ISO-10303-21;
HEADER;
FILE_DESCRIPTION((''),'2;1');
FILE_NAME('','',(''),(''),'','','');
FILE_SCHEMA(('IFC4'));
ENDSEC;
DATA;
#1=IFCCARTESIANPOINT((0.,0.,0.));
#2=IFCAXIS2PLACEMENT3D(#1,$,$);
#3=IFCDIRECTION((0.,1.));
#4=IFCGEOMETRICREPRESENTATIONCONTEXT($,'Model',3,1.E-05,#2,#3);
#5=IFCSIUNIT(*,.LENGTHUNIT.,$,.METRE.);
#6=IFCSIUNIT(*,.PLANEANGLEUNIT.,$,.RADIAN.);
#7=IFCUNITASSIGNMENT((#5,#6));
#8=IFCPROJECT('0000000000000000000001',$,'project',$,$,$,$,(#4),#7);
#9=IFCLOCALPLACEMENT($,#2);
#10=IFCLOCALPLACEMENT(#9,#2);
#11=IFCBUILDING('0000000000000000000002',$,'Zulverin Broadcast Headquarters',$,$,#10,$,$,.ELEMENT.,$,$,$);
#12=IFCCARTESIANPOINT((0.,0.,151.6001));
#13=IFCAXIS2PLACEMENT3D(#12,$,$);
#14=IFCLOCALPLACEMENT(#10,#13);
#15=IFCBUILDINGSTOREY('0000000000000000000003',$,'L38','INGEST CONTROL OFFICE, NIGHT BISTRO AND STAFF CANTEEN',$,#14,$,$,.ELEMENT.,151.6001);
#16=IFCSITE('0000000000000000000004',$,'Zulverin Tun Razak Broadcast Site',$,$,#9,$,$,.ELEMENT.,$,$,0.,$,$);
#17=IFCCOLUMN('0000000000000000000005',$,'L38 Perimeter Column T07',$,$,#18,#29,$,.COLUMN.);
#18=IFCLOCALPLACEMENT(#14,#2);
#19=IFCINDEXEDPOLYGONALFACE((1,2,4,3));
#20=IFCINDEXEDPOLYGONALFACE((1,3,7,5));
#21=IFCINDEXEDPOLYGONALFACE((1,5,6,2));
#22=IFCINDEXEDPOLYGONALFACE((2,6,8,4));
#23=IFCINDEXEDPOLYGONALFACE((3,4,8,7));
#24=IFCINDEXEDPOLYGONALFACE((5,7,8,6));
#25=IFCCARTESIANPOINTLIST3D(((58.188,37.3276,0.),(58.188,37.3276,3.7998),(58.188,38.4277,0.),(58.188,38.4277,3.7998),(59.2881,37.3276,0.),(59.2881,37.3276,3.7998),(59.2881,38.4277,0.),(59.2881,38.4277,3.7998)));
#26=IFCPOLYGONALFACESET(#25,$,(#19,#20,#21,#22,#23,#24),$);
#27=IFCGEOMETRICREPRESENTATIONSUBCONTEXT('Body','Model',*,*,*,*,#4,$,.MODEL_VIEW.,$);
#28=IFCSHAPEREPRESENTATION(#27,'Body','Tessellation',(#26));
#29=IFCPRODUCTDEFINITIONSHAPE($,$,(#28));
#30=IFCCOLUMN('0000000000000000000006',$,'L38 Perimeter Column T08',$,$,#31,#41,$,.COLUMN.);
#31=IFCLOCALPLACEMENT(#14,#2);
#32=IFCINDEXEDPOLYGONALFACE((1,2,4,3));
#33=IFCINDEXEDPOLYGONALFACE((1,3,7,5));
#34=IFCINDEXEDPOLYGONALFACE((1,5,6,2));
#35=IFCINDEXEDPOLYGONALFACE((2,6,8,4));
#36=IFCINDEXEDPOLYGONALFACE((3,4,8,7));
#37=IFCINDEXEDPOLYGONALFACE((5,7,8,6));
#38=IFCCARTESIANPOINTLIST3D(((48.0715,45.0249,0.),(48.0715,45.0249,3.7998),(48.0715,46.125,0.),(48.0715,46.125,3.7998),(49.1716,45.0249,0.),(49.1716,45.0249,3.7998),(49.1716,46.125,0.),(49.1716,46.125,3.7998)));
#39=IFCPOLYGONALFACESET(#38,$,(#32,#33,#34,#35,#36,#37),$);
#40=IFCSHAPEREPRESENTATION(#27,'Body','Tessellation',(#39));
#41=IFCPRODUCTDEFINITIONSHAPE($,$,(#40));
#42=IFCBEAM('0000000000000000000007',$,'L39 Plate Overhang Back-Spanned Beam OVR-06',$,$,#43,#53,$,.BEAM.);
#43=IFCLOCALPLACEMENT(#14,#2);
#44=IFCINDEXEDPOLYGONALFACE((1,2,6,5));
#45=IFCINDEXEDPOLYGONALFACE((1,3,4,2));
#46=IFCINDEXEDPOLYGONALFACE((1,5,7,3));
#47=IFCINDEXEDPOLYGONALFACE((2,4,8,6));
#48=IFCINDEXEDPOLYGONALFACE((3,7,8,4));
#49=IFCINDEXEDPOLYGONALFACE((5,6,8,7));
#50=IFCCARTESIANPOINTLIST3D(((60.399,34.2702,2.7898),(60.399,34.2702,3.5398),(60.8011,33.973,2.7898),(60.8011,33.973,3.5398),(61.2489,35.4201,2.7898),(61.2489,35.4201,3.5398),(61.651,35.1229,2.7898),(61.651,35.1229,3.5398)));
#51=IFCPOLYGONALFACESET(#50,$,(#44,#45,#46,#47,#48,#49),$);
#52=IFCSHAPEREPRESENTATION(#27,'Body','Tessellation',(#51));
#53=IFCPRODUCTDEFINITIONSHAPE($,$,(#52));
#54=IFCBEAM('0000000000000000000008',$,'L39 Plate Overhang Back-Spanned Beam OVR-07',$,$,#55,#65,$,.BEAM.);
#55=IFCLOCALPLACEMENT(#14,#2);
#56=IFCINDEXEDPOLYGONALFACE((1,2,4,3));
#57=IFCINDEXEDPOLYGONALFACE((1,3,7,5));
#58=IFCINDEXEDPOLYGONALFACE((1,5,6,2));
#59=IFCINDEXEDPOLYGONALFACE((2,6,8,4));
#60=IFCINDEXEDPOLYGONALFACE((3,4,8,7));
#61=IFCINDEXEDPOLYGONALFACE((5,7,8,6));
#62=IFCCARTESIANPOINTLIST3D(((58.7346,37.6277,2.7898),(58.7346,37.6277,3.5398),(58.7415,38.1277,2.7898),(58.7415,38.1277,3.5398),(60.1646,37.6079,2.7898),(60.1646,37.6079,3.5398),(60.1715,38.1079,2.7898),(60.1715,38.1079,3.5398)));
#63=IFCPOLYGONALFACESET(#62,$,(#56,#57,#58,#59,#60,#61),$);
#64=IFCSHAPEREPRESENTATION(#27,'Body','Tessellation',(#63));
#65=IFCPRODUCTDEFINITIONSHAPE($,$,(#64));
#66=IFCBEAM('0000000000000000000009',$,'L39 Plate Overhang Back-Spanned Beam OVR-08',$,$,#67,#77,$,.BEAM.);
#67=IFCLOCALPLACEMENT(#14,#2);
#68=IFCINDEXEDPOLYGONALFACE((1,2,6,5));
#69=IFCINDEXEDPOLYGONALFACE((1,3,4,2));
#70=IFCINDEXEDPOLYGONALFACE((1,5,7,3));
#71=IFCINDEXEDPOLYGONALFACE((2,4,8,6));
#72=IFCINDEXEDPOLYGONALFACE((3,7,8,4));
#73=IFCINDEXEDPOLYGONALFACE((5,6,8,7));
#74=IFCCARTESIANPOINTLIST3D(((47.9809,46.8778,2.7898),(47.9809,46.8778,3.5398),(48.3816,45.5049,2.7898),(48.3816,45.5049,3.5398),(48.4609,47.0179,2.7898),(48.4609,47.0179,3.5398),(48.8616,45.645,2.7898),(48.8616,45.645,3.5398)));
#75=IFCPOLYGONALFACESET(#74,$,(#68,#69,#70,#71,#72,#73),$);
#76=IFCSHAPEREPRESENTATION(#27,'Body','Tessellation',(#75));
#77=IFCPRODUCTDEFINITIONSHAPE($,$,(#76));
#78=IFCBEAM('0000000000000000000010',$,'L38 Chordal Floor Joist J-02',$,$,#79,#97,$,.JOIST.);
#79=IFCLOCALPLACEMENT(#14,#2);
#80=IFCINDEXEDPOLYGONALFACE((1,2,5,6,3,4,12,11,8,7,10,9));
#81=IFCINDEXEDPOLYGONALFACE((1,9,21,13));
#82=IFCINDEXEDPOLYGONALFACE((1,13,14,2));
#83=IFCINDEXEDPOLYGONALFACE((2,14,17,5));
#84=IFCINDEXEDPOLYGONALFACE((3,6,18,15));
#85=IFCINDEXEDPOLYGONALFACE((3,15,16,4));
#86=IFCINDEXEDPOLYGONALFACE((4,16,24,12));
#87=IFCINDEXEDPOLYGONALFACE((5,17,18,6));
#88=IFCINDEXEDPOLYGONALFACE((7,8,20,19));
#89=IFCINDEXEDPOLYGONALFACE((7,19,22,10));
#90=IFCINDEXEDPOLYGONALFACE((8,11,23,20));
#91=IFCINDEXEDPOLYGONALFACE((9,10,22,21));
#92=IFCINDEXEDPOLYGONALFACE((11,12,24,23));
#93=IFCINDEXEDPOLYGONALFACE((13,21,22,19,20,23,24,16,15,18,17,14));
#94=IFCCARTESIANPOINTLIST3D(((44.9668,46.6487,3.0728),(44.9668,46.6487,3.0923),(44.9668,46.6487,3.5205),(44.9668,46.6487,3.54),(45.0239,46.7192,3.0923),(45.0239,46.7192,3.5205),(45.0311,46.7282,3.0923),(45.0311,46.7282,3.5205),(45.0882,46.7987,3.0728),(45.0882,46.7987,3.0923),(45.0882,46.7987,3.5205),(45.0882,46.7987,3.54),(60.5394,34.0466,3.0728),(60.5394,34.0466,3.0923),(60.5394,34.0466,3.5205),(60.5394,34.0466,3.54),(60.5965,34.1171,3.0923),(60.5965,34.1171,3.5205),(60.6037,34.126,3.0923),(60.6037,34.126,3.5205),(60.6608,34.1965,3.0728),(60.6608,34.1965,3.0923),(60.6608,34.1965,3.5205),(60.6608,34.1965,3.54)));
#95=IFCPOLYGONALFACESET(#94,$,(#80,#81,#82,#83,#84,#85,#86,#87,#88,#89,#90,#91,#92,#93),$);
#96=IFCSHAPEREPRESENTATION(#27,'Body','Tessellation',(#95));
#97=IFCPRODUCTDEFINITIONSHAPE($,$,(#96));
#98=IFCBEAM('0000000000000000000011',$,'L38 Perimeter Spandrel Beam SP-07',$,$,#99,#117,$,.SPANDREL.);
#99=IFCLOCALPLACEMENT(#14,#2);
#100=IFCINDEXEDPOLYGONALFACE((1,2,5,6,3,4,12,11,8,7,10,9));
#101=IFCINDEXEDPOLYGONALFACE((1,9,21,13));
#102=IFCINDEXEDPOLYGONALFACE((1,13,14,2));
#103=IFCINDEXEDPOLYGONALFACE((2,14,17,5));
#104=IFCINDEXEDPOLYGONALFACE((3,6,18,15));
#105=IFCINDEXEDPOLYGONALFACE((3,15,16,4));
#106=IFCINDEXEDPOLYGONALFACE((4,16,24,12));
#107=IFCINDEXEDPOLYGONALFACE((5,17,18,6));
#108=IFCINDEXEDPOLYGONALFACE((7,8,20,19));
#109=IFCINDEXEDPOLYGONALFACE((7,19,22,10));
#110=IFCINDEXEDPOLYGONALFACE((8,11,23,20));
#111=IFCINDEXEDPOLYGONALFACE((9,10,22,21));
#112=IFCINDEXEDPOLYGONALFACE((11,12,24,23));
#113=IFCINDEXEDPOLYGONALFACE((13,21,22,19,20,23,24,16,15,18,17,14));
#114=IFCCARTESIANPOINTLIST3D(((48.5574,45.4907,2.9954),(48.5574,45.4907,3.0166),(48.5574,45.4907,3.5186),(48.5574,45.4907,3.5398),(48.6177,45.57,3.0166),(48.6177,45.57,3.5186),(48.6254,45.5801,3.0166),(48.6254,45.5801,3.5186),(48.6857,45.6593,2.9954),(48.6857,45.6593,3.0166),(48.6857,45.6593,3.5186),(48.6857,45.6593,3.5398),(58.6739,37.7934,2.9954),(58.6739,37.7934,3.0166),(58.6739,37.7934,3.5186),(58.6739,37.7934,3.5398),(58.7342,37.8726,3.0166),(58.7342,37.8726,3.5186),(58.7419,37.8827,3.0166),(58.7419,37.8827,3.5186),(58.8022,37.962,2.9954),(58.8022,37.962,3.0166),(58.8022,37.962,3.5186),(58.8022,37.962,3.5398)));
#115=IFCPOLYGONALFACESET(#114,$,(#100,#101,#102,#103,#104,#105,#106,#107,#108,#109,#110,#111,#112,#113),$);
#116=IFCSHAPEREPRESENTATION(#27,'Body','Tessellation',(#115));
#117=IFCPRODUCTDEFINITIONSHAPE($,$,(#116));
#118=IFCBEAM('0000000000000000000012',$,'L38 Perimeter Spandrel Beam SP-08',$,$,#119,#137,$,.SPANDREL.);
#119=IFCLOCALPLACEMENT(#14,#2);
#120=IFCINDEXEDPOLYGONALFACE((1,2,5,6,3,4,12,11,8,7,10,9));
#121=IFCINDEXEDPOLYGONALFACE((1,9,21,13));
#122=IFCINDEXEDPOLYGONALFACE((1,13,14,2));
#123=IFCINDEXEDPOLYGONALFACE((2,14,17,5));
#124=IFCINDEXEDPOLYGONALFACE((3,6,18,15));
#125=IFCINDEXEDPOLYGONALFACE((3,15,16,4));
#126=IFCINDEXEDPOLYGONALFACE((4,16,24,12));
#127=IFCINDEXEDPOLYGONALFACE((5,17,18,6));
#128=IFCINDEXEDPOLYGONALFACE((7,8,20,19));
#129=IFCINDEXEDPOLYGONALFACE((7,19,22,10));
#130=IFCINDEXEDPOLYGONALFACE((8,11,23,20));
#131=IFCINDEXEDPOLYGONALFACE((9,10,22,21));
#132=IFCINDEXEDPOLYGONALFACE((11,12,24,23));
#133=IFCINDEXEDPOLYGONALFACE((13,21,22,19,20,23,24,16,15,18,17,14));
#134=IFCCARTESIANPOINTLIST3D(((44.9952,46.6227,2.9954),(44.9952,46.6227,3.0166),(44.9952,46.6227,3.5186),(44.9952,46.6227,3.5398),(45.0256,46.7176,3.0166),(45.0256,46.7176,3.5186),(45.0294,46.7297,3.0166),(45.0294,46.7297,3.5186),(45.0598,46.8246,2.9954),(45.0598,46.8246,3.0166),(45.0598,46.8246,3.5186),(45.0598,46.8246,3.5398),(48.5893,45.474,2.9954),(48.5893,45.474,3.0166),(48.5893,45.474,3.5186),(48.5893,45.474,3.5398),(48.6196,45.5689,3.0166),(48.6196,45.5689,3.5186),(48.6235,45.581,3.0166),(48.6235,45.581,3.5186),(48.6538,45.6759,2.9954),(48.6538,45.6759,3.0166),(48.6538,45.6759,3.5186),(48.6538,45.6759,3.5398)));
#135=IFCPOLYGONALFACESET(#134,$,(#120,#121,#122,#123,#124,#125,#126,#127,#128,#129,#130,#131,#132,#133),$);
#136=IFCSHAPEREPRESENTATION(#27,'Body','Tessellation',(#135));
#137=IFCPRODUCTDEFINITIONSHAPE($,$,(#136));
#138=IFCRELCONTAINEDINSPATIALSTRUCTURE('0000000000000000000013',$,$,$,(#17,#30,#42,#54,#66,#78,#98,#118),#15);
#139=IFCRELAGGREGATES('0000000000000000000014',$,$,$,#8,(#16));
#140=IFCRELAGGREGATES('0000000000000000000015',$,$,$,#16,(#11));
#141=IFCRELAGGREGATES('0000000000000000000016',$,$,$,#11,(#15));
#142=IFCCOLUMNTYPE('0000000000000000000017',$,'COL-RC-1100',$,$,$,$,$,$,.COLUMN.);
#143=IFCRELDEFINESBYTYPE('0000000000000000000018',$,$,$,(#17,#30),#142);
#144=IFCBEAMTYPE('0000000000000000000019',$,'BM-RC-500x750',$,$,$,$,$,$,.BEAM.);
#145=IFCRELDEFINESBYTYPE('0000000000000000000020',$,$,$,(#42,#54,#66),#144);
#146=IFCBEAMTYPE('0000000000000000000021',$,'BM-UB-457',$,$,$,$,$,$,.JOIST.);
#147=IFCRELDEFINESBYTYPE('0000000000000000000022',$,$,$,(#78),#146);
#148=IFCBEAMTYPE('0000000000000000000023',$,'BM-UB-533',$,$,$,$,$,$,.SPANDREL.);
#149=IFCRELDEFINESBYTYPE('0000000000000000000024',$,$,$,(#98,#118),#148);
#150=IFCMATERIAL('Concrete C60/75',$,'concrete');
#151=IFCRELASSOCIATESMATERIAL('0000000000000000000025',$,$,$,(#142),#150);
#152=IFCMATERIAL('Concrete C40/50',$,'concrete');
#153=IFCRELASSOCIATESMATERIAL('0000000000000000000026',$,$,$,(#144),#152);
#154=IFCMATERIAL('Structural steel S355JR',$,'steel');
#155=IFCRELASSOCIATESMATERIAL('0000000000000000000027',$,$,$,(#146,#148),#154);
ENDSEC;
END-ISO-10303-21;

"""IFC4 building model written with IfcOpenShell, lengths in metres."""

from ifc_helpers import new_model, si_unit, direction, frame, origin, origin_2d, place, context, subcontext, project, spatial, rectangle, i_section, extrude, material, material_profile, profile_set, type_object, element, save


model = new_model("IFC4")

# Units and contexts
model_context = context("Model", 3, precision=1e-05, world=origin(), true_north=direction((0.0, 1.0)))
body_context = subcontext(model_context, "Body", "Model", "MODEL_VIEW")
ifc_project = project(units=[si_unit("LENGTHUNIT", "METRE"), si_unit("PLANEANGLEUNIT", "RADIAN")], contexts=[model_context])

# Site, building, storey
site_placement = place(None, origin())
site = spatial("IfcSite", under=ifc_project, at=site_placement, Name="Zulverin Tun Razak Broadcast Site", CompositionType="ELEMENT", RefElevation=0.0)
building_placement = place(site_placement, origin())
building = spatial("IfcBuilding", under=site, at=building_placement, Name="Zulverin Broadcast Headquarters", CompositionType="ELEMENT")
storey_placement = place(building_placement, frame((0.0, 0.0, 151.6001)))
storey = spatial("IfcBuildingStorey", under=building, at=storey_placement, Name="L38", Description="INGEST CONTROL OFFICE, NIGHT BISTRO AND STAFF CANTEEN", CompositionType="ELEMENT", Elevation=151.6001)

# Columns
ifc_material_1 = material(Name="Concrete C60/75", Category="concrete")
ifc_material_profile_1 = material_profile(ifc_material_1, rectangle(XDim=1.1001, YDim=1.1001, at=origin_2d()), Name="Concrete C60/75", Category="concrete")
ifc_profile_set_1 = profile_set([ifc_material_profile_1], Name="Concrete C60/75")
column_type = type_object("IfcColumnType", Name="COL-RC-1100", PredefinedType="COLUMN", material=ifc_profile_set_1)
for number, where, z_axis, x_axis, name in (
    (1, (58.738, 37.8777, 0.0), (0.0, 0.0, 1.0), (1.0, 0.0, 0.0), "L38 Perimeter Column T07"),
    (2, (48.6216, 45.575, 0.0), (0.0, 0.0, 1.0), (1.0, 0.0, 0.0), "L38 Perimeter Column T08"),
):
    element("IfcColumn", number, at=place(storey_placement, frame(where, z_axis=z_axis, x_axis=x_axis)), inside=storey, type_object=column_type, Name=name, PredefinedType="COLUMN", context=body_context, shape_type="SweptSolid", body=[
        extrude(rectangle(XDim=1.1001, YDim=1.1001, at=origin_2d()), origin(), (0.0, 0.0, 1.0), 3.7998),
    ])

# Beams
ifc_material_2 = material(Name="Concrete C40/50", Category="concrete")
ifc_material_profile_2 = material_profile(ifc_material_2, rectangle(XDim=0.5, YDim=0.75, at=origin_2d()), Name="Concrete C40/50", Category="concrete")
ifc_profile_set_2 = profile_set([ifc_material_profile_2], Name="Concrete C40/50")
beam_type_1 = type_object("IfcBeamType", Name="BM-RC-500x750", PredefinedType="BEAM", material=ifc_profile_set_2)
beam_1_placement = place(storey_placement, frame((60.6001, 34.1216, 3.1648), z_axis=(0.594357, 0.804201, 0.0), x_axis=(-0.804201, 0.594357, 0.0)))
element("IfcBeam", 3, at=beam_1_placement, inside=storey, type_object=beam_type_1, Name="L39 Plate Overhang Back-Spanned Beam OVR-06", PredefinedType="BEAM", context=body_context, shape_type="SweptSolid", body=[
    extrude(rectangle(XDim=0.5, YDim=0.75, at=origin_2d()), origin(), (0.0, 0.0, 1.0), 1.4299),
])
for number, where, z_axis, x_axis, name in (
    (4, (58.738, 37.8777, 3.1648), (0.999904, -0.013828, 0.0), (0.013828, 0.999904, 0.0), "L39 Plate Overhang Back-Spanned Beam OVR-07"),
    (5, (48.6216, 45.575, 3.1648), (-0.280151, 0.959956, 0.0), (-0.959956, -0.280151, 0.0), "L39 Plate Overhang Back-Spanned Beam OVR-08"),
):
    element("IfcBeam", number, at=place(storey_placement, frame(where, z_axis=z_axis, x_axis=x_axis)), inside=storey, type_object=beam_type_1, Name=name, PredefinedType="BEAM", context=body_context, shape_type="SweptSolid", body=[
        extrude(rectangle(XDim=0.5, YDim=0.75, at=origin_2d()), origin(), (0.0, 0.0, 1.0), 1.4302),
    ])
ifc_material_3 = material(Name="Structural steel S355JR", Category="steel")
ifc_material_profile_3 = material_profile(ifc_material_3, i_section(OverallWidth=0.1929, OverallDepth=0.4673, WebThickness=0.0115, FlangeThickness=0.0195, at=origin_2d()), Name="Structural steel S355JR", Category="steel")
ifc_profile_set_3 = profile_set([ifc_material_profile_3], Name="Structural steel S355JR")
beam_type_2 = type_object("IfcBeamType", Name="BM-UB-457", PredefinedType="JOIST", material=ifc_profile_set_3)
beam_2_placement = place(storey_placement, frame((60.6001, 34.1216, 3.3064), z_axis=(-0.777349, 0.62907, 0.0), x_axis=(-0.62907, -0.777349, 0.0)))
element("IfcBeam", 6, at=beam_2_placement, inside=storey, type_object=beam_type_2, Name="L38 Chordal Floor Joist J-02", PredefinedType="JOIST", context=body_context, shape_type="SweptSolid", body=[
    extrude(i_section(OverallWidth=0.1929, OverallDepth=0.4673, WebThickness=0.0115, FlangeThickness=0.0195, at=origin_2d()), origin(), (0.0, 0.0, 1.0), 20.033),
])
ifc_material_profile_4 = material_profile(ifc_material_3, i_section(OverallWidth=0.2119, OverallDepth=0.5444, WebThickness=0.0127, FlangeThickness=0.0212, at=origin_2d()), Name="Structural steel S355JR", Category="steel")
ifc_profile_set_4 = profile_set([ifc_material_profile_4], Name="Structural steel S355JR")
beam_type_3 = type_object("IfcBeamType", Name="BM-UB-533", PredefinedType="SPANDREL", material=ifc_profile_set_4)
beam_3_placement = place(storey_placement, frame((58.738, 37.8777, 3.2676), z_axis=(-0.79583, 0.60552, 0.0), x_axis=(-0.60552, -0.79583, 0.0)))
element("IfcBeam", 7, at=beam_3_placement, inside=storey, type_object=beam_type_3, Name="L38 Perimeter Spandrel Beam SP-07", PredefinedType="SPANDREL", context=body_context, shape_type="SweptSolid", body=[
    extrude(i_section(OverallWidth=0.2119, OverallDepth=0.5444, WebThickness=0.0127, FlangeThickness=0.0212, at=origin_2d()), origin(), (0.0, 0.0, 1.0), 12.7119),
])
beam_4_placement = place(storey_placement, frame((48.6216, 45.575, 3.2676), z_axis=(-0.952532, 0.30444, 0.0), x_axis=(-0.30444, -0.952532, 0.0)))
element("IfcBeam", 8, at=beam_4_placement, inside=storey, type_object=beam_type_3, Name="L38 Perimeter Spandrel Beam SP-08", PredefinedType="SPANDREL", context=body_context, shape_type="SweptSolid", body=[
    extrude(i_section(OverallWidth=0.2119, OverallDepth=0.5444, WebThickness=0.0127, FlangeThickness=0.0212, at=origin_2d()), origin(), (0.0, 0.0, 1.0), 3.7732),
])

save(model, "model.ifc")
